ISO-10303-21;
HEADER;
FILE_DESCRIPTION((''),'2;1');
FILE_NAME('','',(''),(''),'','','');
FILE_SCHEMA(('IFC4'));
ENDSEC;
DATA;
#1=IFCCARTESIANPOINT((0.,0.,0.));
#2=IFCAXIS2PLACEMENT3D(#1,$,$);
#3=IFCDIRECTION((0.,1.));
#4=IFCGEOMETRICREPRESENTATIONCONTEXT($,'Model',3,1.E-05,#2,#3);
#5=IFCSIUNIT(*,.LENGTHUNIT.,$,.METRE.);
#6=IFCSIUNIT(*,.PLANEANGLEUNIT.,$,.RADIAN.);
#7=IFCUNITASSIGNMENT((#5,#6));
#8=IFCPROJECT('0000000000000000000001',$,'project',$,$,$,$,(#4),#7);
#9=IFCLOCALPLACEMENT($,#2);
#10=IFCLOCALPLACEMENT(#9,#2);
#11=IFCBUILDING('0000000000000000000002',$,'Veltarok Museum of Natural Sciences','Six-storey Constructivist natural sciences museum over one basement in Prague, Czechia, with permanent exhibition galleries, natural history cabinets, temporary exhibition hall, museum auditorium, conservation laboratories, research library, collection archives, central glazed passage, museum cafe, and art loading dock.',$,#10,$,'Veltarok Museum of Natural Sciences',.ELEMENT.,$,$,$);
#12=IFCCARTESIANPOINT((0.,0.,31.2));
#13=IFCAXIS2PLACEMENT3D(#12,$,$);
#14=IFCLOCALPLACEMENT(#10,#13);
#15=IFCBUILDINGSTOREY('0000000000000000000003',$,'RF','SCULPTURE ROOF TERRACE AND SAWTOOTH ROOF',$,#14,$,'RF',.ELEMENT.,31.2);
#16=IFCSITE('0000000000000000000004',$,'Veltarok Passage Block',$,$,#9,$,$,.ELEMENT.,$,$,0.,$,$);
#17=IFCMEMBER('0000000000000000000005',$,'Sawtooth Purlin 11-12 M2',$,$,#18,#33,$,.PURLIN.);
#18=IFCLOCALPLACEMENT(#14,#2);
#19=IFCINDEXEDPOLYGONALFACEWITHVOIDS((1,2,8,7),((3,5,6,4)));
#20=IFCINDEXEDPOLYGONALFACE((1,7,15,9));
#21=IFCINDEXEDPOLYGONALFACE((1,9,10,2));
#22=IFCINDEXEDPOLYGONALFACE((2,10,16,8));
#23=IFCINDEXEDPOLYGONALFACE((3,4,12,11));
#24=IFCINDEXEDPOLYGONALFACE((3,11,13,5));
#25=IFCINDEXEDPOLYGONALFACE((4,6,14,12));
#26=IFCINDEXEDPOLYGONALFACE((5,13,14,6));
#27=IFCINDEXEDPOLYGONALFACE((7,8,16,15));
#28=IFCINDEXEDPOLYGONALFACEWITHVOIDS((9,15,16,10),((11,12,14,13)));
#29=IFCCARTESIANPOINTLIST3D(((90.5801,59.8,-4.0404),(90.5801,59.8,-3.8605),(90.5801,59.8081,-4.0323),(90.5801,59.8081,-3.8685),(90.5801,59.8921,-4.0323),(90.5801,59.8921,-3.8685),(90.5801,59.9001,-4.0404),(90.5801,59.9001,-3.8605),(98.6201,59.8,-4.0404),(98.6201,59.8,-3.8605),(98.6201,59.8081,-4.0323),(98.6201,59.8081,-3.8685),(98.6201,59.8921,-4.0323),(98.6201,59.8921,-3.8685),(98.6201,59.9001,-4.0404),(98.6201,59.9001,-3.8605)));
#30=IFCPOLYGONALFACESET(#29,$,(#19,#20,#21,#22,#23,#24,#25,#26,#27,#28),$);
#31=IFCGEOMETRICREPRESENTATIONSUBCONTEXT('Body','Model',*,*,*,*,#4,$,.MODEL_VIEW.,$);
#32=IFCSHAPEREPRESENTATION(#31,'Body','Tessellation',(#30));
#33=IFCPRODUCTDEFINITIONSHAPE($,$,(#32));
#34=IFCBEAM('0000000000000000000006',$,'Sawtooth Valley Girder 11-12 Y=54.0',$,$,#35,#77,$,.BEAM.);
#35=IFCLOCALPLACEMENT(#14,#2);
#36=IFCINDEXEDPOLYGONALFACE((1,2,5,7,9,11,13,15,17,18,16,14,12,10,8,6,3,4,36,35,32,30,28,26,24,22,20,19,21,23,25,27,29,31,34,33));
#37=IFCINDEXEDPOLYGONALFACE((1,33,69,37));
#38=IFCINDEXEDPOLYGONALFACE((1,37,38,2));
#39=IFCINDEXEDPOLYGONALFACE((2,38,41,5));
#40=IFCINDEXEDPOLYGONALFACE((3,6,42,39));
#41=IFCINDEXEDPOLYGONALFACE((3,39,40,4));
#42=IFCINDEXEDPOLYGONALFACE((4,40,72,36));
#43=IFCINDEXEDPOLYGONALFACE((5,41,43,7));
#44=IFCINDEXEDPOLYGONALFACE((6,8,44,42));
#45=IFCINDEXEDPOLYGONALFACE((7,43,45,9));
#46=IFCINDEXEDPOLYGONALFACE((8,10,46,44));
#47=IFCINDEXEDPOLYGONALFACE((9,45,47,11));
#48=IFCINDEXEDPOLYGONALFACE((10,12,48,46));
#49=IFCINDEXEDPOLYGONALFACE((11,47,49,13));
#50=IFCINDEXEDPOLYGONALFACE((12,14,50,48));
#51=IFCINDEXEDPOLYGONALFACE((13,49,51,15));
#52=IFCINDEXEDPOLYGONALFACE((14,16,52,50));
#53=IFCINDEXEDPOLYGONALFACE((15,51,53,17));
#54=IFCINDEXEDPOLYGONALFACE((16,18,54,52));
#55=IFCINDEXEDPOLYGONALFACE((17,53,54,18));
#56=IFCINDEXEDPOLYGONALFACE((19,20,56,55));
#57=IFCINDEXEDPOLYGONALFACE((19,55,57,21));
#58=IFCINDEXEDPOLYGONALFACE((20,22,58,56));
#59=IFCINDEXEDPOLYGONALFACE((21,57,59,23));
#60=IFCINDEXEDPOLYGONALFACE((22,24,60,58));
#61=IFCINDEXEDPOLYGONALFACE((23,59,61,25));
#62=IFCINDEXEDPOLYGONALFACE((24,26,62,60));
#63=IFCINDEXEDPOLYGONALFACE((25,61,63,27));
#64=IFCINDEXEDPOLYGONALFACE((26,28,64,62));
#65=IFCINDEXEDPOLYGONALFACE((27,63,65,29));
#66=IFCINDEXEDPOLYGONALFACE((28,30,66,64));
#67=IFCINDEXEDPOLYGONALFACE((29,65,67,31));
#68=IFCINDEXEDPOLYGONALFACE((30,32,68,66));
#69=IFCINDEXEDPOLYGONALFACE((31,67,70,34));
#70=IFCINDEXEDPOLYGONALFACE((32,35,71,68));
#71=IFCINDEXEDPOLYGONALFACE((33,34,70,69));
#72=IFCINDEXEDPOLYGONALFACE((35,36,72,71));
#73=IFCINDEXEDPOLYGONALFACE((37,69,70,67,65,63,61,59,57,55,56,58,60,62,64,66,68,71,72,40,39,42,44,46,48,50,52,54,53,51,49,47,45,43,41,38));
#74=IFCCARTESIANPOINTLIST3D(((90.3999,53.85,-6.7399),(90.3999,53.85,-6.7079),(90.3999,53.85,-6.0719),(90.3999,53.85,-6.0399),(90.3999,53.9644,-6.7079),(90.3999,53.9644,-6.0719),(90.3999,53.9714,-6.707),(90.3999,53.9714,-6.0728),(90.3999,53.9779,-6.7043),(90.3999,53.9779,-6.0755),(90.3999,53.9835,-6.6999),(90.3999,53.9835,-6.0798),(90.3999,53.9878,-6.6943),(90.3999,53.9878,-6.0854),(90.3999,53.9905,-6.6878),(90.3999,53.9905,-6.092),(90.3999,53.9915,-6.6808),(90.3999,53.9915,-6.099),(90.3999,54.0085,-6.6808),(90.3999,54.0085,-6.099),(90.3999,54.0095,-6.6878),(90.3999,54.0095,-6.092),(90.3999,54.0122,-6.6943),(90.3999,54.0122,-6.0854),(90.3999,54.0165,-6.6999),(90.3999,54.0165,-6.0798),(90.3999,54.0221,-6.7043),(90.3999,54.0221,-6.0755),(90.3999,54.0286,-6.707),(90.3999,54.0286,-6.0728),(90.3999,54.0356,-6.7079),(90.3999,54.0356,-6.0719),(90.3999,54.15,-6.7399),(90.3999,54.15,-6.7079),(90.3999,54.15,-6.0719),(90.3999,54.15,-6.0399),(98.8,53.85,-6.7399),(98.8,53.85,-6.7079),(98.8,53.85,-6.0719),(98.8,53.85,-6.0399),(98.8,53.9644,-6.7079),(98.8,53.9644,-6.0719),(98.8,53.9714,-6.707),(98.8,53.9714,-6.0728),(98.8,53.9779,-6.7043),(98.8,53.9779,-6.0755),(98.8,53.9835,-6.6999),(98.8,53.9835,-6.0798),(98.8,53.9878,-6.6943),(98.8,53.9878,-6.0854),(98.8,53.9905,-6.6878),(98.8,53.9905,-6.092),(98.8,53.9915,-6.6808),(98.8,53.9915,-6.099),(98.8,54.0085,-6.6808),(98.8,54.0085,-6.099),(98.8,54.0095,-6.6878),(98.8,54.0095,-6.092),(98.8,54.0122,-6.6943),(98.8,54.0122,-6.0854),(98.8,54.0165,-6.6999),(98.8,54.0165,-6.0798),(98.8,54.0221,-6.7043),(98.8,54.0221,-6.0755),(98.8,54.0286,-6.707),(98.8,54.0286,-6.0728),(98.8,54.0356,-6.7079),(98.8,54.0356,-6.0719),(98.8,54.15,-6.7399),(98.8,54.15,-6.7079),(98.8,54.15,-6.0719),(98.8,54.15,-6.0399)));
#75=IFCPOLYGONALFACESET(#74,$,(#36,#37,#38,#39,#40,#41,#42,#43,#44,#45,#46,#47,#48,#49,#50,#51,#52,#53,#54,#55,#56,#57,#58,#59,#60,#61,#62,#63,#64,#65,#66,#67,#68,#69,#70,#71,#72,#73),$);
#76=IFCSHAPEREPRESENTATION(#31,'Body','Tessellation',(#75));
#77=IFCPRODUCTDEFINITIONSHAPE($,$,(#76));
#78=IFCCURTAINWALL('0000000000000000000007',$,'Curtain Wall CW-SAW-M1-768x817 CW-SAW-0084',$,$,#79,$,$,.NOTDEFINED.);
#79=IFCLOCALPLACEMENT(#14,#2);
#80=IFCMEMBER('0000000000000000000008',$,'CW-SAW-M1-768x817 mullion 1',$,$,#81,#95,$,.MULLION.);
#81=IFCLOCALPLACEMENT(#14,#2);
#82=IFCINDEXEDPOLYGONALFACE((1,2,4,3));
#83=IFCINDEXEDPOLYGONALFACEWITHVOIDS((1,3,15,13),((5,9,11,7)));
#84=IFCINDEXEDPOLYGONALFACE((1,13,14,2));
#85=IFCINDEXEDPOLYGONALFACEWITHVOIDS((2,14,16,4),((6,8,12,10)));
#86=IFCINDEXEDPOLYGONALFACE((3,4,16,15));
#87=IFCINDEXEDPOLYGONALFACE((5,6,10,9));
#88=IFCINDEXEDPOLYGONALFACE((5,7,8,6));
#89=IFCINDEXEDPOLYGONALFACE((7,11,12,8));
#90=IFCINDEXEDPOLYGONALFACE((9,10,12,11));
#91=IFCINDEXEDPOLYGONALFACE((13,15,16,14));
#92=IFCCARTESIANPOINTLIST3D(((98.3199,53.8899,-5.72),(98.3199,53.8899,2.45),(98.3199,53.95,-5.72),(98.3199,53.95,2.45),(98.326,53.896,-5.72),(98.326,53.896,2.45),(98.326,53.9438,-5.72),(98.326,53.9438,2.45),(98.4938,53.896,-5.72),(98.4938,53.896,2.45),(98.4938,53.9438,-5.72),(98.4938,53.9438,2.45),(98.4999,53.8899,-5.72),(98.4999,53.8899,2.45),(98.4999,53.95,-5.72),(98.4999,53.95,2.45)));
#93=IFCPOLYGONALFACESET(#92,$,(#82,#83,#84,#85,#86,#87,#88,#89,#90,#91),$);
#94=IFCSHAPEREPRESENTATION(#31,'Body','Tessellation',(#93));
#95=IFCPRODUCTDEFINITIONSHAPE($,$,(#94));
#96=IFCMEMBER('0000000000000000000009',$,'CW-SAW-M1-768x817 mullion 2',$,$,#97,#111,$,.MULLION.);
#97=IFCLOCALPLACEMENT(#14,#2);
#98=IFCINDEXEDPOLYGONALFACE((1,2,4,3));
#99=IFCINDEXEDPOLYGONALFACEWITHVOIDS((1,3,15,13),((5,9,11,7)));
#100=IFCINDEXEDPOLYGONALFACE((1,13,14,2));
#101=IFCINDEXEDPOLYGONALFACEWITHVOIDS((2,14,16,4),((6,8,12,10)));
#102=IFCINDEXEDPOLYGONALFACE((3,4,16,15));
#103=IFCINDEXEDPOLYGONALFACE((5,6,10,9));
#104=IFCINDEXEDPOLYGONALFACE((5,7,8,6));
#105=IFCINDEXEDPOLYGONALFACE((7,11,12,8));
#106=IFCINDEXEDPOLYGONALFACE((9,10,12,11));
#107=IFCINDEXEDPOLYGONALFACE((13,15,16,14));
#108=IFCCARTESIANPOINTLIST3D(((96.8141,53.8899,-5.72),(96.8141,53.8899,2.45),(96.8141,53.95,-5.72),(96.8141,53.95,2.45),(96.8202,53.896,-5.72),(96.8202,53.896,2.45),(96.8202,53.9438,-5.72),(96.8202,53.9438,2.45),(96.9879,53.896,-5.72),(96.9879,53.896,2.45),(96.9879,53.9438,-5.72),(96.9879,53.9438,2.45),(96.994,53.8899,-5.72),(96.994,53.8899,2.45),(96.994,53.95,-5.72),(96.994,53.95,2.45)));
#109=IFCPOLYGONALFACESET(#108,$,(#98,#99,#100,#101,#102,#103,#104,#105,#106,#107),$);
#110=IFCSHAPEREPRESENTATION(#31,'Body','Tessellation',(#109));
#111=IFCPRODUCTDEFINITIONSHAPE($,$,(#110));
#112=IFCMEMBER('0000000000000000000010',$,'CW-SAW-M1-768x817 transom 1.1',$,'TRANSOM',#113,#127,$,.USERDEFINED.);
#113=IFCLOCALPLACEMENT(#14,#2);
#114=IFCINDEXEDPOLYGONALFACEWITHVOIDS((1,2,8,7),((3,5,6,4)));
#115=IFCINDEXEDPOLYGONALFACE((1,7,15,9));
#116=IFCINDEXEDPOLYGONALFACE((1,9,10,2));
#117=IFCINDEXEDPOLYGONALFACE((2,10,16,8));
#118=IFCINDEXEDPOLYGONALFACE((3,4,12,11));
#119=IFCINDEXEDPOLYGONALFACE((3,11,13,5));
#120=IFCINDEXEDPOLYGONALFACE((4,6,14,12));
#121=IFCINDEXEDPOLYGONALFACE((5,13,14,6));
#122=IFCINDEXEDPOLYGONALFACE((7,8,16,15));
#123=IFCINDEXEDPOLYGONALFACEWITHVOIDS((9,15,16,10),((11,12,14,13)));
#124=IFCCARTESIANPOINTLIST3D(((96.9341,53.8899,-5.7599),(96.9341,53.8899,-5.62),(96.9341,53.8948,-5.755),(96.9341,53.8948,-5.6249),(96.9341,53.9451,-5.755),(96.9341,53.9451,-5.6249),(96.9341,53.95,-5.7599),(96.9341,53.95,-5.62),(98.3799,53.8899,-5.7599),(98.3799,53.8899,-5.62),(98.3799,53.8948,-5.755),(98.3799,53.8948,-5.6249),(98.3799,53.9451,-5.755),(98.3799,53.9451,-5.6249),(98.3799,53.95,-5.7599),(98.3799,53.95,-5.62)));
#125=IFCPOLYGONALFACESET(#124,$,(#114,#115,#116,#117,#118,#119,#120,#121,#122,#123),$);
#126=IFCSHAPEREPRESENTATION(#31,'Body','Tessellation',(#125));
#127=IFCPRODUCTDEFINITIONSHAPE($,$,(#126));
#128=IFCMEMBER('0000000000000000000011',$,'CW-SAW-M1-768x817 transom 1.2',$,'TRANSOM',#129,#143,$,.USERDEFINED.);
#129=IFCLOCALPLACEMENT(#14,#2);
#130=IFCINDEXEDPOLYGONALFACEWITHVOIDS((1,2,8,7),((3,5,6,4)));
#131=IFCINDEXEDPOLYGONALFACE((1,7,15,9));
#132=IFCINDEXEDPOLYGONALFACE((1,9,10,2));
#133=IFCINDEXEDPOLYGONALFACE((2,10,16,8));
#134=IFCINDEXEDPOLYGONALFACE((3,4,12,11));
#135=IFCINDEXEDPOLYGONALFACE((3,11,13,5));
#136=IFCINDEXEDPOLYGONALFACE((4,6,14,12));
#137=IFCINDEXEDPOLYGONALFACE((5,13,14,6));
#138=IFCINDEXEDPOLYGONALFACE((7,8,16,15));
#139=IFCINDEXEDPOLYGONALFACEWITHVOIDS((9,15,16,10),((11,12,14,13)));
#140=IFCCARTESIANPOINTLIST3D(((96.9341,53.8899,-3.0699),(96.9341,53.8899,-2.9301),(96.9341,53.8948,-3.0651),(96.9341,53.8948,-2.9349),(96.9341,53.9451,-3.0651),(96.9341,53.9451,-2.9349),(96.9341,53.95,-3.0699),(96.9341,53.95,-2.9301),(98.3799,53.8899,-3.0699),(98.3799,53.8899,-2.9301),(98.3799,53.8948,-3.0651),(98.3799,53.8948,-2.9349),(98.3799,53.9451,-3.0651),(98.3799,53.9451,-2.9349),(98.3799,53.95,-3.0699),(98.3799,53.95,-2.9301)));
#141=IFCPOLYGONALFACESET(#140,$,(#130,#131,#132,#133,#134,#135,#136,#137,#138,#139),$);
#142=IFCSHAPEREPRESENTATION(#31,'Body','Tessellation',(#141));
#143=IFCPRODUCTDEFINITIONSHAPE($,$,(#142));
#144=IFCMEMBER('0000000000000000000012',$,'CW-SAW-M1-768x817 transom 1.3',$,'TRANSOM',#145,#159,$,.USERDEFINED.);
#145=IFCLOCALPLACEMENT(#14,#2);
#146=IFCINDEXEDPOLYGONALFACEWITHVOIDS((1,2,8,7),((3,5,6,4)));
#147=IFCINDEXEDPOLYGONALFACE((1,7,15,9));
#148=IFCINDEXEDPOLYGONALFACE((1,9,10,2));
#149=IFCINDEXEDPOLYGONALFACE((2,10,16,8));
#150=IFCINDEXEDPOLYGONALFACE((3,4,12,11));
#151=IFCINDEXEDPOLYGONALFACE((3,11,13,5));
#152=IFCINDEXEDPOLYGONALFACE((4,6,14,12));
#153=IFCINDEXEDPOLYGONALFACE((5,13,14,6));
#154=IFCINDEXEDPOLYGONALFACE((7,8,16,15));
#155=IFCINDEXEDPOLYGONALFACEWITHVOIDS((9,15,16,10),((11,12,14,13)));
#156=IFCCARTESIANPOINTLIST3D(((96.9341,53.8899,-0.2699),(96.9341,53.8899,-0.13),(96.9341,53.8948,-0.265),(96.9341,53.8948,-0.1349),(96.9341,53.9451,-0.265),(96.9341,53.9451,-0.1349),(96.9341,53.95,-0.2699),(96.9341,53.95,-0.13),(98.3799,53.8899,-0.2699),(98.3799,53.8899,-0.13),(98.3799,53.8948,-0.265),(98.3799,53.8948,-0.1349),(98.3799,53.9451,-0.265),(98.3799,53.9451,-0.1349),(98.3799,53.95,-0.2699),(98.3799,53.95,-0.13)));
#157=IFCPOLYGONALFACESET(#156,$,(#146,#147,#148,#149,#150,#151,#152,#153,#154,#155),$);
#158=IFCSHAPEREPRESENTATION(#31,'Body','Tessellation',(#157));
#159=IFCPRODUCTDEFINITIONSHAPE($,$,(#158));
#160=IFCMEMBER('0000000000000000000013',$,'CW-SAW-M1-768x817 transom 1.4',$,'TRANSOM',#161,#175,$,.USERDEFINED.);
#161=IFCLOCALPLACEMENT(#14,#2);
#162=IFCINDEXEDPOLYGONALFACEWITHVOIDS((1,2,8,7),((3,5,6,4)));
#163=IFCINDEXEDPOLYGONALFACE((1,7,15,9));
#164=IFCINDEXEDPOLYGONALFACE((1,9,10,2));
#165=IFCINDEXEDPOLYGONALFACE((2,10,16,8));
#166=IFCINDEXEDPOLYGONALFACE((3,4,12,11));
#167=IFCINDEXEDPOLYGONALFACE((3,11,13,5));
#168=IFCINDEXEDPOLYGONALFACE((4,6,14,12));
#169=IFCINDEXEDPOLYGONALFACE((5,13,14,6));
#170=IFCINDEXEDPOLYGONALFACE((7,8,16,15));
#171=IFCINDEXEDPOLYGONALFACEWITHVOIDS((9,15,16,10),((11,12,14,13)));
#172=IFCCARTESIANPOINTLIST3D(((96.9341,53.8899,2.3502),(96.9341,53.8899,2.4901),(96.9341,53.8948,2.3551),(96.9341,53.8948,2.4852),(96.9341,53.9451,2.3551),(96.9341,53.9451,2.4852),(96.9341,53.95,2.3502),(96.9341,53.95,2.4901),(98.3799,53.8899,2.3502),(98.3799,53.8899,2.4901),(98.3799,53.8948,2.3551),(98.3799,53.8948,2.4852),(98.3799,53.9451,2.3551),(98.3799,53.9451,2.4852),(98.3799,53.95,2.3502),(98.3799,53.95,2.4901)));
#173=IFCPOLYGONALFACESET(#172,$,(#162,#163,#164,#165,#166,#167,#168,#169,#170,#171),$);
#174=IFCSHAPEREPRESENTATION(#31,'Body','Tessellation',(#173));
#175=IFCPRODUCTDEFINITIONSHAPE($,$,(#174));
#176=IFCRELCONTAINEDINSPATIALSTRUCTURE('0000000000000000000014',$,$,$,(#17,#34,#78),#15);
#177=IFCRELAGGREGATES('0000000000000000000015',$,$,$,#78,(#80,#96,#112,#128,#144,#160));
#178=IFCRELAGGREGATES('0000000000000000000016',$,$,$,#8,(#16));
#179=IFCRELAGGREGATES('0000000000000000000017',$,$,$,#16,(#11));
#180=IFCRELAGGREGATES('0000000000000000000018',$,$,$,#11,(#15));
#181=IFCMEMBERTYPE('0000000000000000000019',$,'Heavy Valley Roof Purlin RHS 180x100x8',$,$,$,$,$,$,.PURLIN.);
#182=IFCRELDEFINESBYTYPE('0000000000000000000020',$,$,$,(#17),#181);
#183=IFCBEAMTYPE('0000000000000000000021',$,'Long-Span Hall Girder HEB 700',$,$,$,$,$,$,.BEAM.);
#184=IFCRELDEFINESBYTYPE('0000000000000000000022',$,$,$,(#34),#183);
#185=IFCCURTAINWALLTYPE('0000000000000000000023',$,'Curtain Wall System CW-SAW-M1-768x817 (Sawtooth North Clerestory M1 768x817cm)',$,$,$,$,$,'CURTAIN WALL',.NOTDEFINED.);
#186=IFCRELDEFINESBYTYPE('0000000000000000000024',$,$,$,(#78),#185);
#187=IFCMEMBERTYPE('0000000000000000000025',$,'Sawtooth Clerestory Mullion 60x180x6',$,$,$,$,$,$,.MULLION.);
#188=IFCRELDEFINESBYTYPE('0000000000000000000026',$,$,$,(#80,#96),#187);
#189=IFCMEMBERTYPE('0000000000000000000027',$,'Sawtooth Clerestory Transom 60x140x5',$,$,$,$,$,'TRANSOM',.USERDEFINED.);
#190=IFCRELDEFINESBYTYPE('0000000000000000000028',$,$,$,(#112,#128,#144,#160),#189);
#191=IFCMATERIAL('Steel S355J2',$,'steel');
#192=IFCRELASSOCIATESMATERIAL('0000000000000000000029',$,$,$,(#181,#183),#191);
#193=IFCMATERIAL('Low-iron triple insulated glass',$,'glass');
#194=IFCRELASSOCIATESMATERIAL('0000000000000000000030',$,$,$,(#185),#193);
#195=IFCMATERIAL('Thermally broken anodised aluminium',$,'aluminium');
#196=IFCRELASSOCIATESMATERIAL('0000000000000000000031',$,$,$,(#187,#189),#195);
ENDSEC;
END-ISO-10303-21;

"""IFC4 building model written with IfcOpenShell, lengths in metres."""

from ifc_helpers import new_model, si_unit, direction, frame, origin, origin_2d, place, context, subcontext, project, spatial, hollow_rectangle, i_section, extrude, material, material_profile, profile_set, type_object, element, aggregate, save


model = new_model("IFC4")

# Units and contexts
model_context = context("Model", 3, precision=1e-05, world=origin(), true_north=direction((0.0, 1.0)))
body_context = subcontext(model_context, "Body", "Model", "MODEL_VIEW")
ifc_project = project(units=[si_unit("LENGTHUNIT", "METRE"), si_unit("PLANEANGLEUNIT", "RADIAN")], contexts=[model_context])

# Site, building, storey
site_placement = place(None, origin())
site = spatial("IfcSite", under=ifc_project, at=site_placement, Name="Veltarok Passage Block", CompositionType="ELEMENT", RefElevation=0.0)
building_placement = place(site_placement, origin())
building = spatial("IfcBuilding", under=site, at=building_placement, Name="Veltarok Museum of Natural Sciences", Description="Six-storey Constructivist natural sciences museum over one basement in Prague, Czechia, with permanent exhibition galleries, natural history cabinets, temporary exhibition hall, museum auditorium, conservation laboratories, research library, collection archives, central glazed passage, museum cafe, and art loading dock.", LongName="Veltarok Museum of Natural Sciences", CompositionType="ELEMENT")
storey_placement = place(building_placement, frame((0.0, 0.0, 31.2)))
storey = spatial("IfcBuildingStorey", under=building, at=storey_placement, Name="RF", Description="SCULPTURE ROOF TERRACE AND SAWTOOTH ROOF", LongName="RF", CompositionType="ELEMENT", Elevation=31.2)

# Member
ifc_material_1 = material(Name="Steel S355J2", Category="steel")
ifc_material_profile_1 = material_profile(ifc_material_1, hollow_rectangle(XDim=0.1001, YDim=0.1799, WallThickness=0.0081, at=origin_2d()), Name="RHS 180x100x8")
ifc_profile_set_1 = profile_set([ifc_material_profile_1], Name="Steel S355J2")
member_type_1 = type_object("IfcMemberType", Name="Heavy Valley Roof Purlin RHS 180x100x8", PredefinedType="PURLIN", material=ifc_profile_set_1)
member_1_placement = place(storey_placement, frame((90.5801, 59.8501, -3.9504), z_axis=(1.0, 0.0, 0.0), x_axis=(0.0, 1.0, 0.0)))
element("IfcMember", 1, at=member_1_placement, inside=storey, type_object=member_type_1, Name="Sawtooth Purlin 11-12 M2", PredefinedType="PURLIN", context=body_context, shape_type="SweptSolid", body=[
    extrude(hollow_rectangle(XDim=0.1001, YDim=0.1799, WallThickness=0.0081, at=origin_2d()), origin(), (0.0, 0.0, 1.0), 8.04),
])

# Beam
ifc_material_profile_2 = material_profile(ifc_material_1, i_section(OverallWidth=0.3, OverallDepth=0.7, WebThickness=0.0171, FlangeThickness=0.032, FilletRadius=0.0271, at=origin_2d()), Name="HEB 700")
ifc_profile_set_2 = profile_set([ifc_material_profile_2], Name="Steel S355J2")
beam_type = type_object("IfcBeamType", Name="Long-Span Hall Girder HEB 700", PredefinedType="BEAM", material=ifc_profile_set_2)
beam_placement = place(storey_placement, frame((90.3999, 54.0, -6.3899), z_axis=(1.0, 0.0, 0.0), x_axis=(0.0, 1.0, 0.0)))
element("IfcBeam", 2, at=beam_placement, inside=storey, type_object=beam_type, Name="Sawtooth Valley Girder 11-12 Y=54.0", PredefinedType="BEAM", context=body_context, shape_type="SweptSolid", body=[
    extrude(i_section(OverallWidth=0.3, OverallDepth=0.7, WebThickness=0.0171, FlangeThickness=0.032, FilletRadius=0.0271, at=origin_2d()), origin(), (0.0, 0.0, 1.0), 8.4001),
])

# Curtain wall, members
ifc_material_2 = material(Name="Low-iron triple insulated glass", Category="glass")
curtain_wall_type = type_object("IfcCurtainWallType", Name="Curtain Wall System CW-SAW-M1-768x817 (Sawtooth North Clerestory M1 768x817cm)", ElementType="CURTAIN WALL", PredefinedType="NOTDEFINED", material=ifc_material_2)
curtain_wall_placement = place(storey_placement, origin())
curtain_wall = element("IfcCurtainWall", 3, at=curtain_wall_placement, inside=storey, type_object=curtain_wall_type, Name="Curtain Wall CW-SAW-M1-768x817 CW-SAW-0084", PredefinedType="NOTDEFINED")
ifc_material_3 = material(Name="Thermally broken anodised aluminium", Category="aluminium")
ifc_material_profile_3 = material_profile(ifc_material_3, hollow_rectangle(XDim=0.0601, YDim=0.1799, WallThickness=0.0061, at=origin_2d()), Name="CW MULLION 60x180x6")
ifc_profile_set_3 = profile_set([ifc_material_profile_3], Name="Thermally broken anodised aluminium")
member_type_2 = type_object("IfcMemberType", Name="Sawtooth Clerestory Mullion 60x180x6", PredefinedType="MULLION", material=ifc_profile_set_3)
member_2_placement = place(storey_placement, frame((98.4099, 53.9199, -5.72), z_axis=(0.0, 0.0, 1.0), x_axis=(0.0, -1.0, 0.0)))
member_2 = element("IfcMember", 4, at=member_2_placement, type_object=member_type_2, Name="CW-SAW-M1-768x817 mullion 1", PredefinedType="MULLION", context=body_context, shape_type="SweptSolid", body=[
    extrude(hollow_rectangle(XDim=0.0601, YDim=0.1799, WallThickness=0.0061, at=origin_2d()), origin(), (0.0, 0.0, 1.0), 8.1699),
])
member_3_placement = place(storey_placement, frame((96.9041, 53.9199, -5.72), z_axis=(0.0, 0.0, 1.0), x_axis=(0.0, -1.0, 0.0)))
member_3 = element("IfcMember", 5, at=member_3_placement, type_object=member_type_2, Name="CW-SAW-M1-768x817 mullion 2", PredefinedType="MULLION", context=body_context, shape_type="SweptSolid", body=[
    extrude(hollow_rectangle(XDim=0.0601, YDim=0.1799, WallThickness=0.0061, at=origin_2d()), origin(), (0.0, 0.0, 1.0), 8.1699),
])
ifc_material_profile_4 = material_profile(ifc_material_3, hollow_rectangle(XDim=0.0601, YDim=0.1399, WallThickness=0.0049, at=origin_2d()), Name="CW TRANSOM 60x140x5")
ifc_profile_set_4 = profile_set([ifc_material_profile_4], Name="Thermally broken anodised aluminium")
member_type_3 = type_object("IfcMemberType", Name="Sawtooth Clerestory Transom 60x140x5", ElementType="TRANSOM", PredefinedType="USERDEFINED", material=ifc_profile_set_4)
member_4_placement = place(storey_placement, frame((98.3799, 53.9199, -5.6899), z_axis=(-1.0, 0.0, 0.0), x_axis=(0.0, -1.0, 0.0)))
member_4 = element("IfcMember", 6, at=member_4_placement, type_object=member_type_3, Name="CW-SAW-M1-768x817 transom 1.1", ObjectType="TRANSOM", PredefinedType="USERDEFINED", context=body_context, shape_type="SweptSolid", body=[
    extrude(hollow_rectangle(XDim=0.0601, YDim=0.1399, WallThickness=0.0049, at=origin_2d()), origin(), (0.0, 0.0, 1.0), 1.4458),
])
member_5_placement = place(storey_placement, frame((98.3799, 53.9199, -3.0), z_axis=(-1.0, 0.0, 0.0), x_axis=(0.0, -1.0, 0.0)))
member_5 = element("IfcMember", 7, at=member_5_placement, type_object=member_type_3, Name="CW-SAW-M1-768x817 transom 1.2", ObjectType="TRANSOM", PredefinedType="USERDEFINED", context=body_context, shape_type="SweptSolid", body=[
    extrude(hollow_rectangle(XDim=0.0601, YDim=0.1399, WallThickness=0.0049, at=origin_2d()), origin(), (0.0, 0.0, 1.0), 1.4458),
])
member_6_placement = place(storey_placement, frame((98.3799, 53.9199, -0.2), z_axis=(-1.0, 0.0, 0.0), x_axis=(0.0, -1.0, 0.0)))
member_6 = element("IfcMember", 8, at=member_6_placement, type_object=member_type_3, Name="CW-SAW-M1-768x817 transom 1.3", ObjectType="TRANSOM", PredefinedType="USERDEFINED", context=body_context, shape_type="SweptSolid", body=[
    extrude(hollow_rectangle(XDim=0.0601, YDim=0.1399, WallThickness=0.0049, at=origin_2d()), origin(), (0.0, 0.0, 1.0), 1.4458),
])
member_7_placement = place(storey_placement, frame((98.3799, 53.9199, 2.4202), z_axis=(-1.0, 0.0, 0.0), x_axis=(0.0, -1.0, 0.0)))
member_7 = element("IfcMember", 9, at=member_7_placement, type_object=member_type_3, Name="CW-SAW-M1-768x817 transom 1.4", ObjectType="TRANSOM", PredefinedType="USERDEFINED", context=body_context, shape_type="SweptSolid", body=[
    extrude(hollow_rectangle(XDim=0.0601, YDim=0.1399, WallThickness=0.0049, at=origin_2d()), origin(), (0.0, 0.0, 1.0), 1.4458),
])

aggregate(curtain_wall, [member_2, member_3, member_4, member_5, member_6, member_7])

save(model, "model.ifc")
